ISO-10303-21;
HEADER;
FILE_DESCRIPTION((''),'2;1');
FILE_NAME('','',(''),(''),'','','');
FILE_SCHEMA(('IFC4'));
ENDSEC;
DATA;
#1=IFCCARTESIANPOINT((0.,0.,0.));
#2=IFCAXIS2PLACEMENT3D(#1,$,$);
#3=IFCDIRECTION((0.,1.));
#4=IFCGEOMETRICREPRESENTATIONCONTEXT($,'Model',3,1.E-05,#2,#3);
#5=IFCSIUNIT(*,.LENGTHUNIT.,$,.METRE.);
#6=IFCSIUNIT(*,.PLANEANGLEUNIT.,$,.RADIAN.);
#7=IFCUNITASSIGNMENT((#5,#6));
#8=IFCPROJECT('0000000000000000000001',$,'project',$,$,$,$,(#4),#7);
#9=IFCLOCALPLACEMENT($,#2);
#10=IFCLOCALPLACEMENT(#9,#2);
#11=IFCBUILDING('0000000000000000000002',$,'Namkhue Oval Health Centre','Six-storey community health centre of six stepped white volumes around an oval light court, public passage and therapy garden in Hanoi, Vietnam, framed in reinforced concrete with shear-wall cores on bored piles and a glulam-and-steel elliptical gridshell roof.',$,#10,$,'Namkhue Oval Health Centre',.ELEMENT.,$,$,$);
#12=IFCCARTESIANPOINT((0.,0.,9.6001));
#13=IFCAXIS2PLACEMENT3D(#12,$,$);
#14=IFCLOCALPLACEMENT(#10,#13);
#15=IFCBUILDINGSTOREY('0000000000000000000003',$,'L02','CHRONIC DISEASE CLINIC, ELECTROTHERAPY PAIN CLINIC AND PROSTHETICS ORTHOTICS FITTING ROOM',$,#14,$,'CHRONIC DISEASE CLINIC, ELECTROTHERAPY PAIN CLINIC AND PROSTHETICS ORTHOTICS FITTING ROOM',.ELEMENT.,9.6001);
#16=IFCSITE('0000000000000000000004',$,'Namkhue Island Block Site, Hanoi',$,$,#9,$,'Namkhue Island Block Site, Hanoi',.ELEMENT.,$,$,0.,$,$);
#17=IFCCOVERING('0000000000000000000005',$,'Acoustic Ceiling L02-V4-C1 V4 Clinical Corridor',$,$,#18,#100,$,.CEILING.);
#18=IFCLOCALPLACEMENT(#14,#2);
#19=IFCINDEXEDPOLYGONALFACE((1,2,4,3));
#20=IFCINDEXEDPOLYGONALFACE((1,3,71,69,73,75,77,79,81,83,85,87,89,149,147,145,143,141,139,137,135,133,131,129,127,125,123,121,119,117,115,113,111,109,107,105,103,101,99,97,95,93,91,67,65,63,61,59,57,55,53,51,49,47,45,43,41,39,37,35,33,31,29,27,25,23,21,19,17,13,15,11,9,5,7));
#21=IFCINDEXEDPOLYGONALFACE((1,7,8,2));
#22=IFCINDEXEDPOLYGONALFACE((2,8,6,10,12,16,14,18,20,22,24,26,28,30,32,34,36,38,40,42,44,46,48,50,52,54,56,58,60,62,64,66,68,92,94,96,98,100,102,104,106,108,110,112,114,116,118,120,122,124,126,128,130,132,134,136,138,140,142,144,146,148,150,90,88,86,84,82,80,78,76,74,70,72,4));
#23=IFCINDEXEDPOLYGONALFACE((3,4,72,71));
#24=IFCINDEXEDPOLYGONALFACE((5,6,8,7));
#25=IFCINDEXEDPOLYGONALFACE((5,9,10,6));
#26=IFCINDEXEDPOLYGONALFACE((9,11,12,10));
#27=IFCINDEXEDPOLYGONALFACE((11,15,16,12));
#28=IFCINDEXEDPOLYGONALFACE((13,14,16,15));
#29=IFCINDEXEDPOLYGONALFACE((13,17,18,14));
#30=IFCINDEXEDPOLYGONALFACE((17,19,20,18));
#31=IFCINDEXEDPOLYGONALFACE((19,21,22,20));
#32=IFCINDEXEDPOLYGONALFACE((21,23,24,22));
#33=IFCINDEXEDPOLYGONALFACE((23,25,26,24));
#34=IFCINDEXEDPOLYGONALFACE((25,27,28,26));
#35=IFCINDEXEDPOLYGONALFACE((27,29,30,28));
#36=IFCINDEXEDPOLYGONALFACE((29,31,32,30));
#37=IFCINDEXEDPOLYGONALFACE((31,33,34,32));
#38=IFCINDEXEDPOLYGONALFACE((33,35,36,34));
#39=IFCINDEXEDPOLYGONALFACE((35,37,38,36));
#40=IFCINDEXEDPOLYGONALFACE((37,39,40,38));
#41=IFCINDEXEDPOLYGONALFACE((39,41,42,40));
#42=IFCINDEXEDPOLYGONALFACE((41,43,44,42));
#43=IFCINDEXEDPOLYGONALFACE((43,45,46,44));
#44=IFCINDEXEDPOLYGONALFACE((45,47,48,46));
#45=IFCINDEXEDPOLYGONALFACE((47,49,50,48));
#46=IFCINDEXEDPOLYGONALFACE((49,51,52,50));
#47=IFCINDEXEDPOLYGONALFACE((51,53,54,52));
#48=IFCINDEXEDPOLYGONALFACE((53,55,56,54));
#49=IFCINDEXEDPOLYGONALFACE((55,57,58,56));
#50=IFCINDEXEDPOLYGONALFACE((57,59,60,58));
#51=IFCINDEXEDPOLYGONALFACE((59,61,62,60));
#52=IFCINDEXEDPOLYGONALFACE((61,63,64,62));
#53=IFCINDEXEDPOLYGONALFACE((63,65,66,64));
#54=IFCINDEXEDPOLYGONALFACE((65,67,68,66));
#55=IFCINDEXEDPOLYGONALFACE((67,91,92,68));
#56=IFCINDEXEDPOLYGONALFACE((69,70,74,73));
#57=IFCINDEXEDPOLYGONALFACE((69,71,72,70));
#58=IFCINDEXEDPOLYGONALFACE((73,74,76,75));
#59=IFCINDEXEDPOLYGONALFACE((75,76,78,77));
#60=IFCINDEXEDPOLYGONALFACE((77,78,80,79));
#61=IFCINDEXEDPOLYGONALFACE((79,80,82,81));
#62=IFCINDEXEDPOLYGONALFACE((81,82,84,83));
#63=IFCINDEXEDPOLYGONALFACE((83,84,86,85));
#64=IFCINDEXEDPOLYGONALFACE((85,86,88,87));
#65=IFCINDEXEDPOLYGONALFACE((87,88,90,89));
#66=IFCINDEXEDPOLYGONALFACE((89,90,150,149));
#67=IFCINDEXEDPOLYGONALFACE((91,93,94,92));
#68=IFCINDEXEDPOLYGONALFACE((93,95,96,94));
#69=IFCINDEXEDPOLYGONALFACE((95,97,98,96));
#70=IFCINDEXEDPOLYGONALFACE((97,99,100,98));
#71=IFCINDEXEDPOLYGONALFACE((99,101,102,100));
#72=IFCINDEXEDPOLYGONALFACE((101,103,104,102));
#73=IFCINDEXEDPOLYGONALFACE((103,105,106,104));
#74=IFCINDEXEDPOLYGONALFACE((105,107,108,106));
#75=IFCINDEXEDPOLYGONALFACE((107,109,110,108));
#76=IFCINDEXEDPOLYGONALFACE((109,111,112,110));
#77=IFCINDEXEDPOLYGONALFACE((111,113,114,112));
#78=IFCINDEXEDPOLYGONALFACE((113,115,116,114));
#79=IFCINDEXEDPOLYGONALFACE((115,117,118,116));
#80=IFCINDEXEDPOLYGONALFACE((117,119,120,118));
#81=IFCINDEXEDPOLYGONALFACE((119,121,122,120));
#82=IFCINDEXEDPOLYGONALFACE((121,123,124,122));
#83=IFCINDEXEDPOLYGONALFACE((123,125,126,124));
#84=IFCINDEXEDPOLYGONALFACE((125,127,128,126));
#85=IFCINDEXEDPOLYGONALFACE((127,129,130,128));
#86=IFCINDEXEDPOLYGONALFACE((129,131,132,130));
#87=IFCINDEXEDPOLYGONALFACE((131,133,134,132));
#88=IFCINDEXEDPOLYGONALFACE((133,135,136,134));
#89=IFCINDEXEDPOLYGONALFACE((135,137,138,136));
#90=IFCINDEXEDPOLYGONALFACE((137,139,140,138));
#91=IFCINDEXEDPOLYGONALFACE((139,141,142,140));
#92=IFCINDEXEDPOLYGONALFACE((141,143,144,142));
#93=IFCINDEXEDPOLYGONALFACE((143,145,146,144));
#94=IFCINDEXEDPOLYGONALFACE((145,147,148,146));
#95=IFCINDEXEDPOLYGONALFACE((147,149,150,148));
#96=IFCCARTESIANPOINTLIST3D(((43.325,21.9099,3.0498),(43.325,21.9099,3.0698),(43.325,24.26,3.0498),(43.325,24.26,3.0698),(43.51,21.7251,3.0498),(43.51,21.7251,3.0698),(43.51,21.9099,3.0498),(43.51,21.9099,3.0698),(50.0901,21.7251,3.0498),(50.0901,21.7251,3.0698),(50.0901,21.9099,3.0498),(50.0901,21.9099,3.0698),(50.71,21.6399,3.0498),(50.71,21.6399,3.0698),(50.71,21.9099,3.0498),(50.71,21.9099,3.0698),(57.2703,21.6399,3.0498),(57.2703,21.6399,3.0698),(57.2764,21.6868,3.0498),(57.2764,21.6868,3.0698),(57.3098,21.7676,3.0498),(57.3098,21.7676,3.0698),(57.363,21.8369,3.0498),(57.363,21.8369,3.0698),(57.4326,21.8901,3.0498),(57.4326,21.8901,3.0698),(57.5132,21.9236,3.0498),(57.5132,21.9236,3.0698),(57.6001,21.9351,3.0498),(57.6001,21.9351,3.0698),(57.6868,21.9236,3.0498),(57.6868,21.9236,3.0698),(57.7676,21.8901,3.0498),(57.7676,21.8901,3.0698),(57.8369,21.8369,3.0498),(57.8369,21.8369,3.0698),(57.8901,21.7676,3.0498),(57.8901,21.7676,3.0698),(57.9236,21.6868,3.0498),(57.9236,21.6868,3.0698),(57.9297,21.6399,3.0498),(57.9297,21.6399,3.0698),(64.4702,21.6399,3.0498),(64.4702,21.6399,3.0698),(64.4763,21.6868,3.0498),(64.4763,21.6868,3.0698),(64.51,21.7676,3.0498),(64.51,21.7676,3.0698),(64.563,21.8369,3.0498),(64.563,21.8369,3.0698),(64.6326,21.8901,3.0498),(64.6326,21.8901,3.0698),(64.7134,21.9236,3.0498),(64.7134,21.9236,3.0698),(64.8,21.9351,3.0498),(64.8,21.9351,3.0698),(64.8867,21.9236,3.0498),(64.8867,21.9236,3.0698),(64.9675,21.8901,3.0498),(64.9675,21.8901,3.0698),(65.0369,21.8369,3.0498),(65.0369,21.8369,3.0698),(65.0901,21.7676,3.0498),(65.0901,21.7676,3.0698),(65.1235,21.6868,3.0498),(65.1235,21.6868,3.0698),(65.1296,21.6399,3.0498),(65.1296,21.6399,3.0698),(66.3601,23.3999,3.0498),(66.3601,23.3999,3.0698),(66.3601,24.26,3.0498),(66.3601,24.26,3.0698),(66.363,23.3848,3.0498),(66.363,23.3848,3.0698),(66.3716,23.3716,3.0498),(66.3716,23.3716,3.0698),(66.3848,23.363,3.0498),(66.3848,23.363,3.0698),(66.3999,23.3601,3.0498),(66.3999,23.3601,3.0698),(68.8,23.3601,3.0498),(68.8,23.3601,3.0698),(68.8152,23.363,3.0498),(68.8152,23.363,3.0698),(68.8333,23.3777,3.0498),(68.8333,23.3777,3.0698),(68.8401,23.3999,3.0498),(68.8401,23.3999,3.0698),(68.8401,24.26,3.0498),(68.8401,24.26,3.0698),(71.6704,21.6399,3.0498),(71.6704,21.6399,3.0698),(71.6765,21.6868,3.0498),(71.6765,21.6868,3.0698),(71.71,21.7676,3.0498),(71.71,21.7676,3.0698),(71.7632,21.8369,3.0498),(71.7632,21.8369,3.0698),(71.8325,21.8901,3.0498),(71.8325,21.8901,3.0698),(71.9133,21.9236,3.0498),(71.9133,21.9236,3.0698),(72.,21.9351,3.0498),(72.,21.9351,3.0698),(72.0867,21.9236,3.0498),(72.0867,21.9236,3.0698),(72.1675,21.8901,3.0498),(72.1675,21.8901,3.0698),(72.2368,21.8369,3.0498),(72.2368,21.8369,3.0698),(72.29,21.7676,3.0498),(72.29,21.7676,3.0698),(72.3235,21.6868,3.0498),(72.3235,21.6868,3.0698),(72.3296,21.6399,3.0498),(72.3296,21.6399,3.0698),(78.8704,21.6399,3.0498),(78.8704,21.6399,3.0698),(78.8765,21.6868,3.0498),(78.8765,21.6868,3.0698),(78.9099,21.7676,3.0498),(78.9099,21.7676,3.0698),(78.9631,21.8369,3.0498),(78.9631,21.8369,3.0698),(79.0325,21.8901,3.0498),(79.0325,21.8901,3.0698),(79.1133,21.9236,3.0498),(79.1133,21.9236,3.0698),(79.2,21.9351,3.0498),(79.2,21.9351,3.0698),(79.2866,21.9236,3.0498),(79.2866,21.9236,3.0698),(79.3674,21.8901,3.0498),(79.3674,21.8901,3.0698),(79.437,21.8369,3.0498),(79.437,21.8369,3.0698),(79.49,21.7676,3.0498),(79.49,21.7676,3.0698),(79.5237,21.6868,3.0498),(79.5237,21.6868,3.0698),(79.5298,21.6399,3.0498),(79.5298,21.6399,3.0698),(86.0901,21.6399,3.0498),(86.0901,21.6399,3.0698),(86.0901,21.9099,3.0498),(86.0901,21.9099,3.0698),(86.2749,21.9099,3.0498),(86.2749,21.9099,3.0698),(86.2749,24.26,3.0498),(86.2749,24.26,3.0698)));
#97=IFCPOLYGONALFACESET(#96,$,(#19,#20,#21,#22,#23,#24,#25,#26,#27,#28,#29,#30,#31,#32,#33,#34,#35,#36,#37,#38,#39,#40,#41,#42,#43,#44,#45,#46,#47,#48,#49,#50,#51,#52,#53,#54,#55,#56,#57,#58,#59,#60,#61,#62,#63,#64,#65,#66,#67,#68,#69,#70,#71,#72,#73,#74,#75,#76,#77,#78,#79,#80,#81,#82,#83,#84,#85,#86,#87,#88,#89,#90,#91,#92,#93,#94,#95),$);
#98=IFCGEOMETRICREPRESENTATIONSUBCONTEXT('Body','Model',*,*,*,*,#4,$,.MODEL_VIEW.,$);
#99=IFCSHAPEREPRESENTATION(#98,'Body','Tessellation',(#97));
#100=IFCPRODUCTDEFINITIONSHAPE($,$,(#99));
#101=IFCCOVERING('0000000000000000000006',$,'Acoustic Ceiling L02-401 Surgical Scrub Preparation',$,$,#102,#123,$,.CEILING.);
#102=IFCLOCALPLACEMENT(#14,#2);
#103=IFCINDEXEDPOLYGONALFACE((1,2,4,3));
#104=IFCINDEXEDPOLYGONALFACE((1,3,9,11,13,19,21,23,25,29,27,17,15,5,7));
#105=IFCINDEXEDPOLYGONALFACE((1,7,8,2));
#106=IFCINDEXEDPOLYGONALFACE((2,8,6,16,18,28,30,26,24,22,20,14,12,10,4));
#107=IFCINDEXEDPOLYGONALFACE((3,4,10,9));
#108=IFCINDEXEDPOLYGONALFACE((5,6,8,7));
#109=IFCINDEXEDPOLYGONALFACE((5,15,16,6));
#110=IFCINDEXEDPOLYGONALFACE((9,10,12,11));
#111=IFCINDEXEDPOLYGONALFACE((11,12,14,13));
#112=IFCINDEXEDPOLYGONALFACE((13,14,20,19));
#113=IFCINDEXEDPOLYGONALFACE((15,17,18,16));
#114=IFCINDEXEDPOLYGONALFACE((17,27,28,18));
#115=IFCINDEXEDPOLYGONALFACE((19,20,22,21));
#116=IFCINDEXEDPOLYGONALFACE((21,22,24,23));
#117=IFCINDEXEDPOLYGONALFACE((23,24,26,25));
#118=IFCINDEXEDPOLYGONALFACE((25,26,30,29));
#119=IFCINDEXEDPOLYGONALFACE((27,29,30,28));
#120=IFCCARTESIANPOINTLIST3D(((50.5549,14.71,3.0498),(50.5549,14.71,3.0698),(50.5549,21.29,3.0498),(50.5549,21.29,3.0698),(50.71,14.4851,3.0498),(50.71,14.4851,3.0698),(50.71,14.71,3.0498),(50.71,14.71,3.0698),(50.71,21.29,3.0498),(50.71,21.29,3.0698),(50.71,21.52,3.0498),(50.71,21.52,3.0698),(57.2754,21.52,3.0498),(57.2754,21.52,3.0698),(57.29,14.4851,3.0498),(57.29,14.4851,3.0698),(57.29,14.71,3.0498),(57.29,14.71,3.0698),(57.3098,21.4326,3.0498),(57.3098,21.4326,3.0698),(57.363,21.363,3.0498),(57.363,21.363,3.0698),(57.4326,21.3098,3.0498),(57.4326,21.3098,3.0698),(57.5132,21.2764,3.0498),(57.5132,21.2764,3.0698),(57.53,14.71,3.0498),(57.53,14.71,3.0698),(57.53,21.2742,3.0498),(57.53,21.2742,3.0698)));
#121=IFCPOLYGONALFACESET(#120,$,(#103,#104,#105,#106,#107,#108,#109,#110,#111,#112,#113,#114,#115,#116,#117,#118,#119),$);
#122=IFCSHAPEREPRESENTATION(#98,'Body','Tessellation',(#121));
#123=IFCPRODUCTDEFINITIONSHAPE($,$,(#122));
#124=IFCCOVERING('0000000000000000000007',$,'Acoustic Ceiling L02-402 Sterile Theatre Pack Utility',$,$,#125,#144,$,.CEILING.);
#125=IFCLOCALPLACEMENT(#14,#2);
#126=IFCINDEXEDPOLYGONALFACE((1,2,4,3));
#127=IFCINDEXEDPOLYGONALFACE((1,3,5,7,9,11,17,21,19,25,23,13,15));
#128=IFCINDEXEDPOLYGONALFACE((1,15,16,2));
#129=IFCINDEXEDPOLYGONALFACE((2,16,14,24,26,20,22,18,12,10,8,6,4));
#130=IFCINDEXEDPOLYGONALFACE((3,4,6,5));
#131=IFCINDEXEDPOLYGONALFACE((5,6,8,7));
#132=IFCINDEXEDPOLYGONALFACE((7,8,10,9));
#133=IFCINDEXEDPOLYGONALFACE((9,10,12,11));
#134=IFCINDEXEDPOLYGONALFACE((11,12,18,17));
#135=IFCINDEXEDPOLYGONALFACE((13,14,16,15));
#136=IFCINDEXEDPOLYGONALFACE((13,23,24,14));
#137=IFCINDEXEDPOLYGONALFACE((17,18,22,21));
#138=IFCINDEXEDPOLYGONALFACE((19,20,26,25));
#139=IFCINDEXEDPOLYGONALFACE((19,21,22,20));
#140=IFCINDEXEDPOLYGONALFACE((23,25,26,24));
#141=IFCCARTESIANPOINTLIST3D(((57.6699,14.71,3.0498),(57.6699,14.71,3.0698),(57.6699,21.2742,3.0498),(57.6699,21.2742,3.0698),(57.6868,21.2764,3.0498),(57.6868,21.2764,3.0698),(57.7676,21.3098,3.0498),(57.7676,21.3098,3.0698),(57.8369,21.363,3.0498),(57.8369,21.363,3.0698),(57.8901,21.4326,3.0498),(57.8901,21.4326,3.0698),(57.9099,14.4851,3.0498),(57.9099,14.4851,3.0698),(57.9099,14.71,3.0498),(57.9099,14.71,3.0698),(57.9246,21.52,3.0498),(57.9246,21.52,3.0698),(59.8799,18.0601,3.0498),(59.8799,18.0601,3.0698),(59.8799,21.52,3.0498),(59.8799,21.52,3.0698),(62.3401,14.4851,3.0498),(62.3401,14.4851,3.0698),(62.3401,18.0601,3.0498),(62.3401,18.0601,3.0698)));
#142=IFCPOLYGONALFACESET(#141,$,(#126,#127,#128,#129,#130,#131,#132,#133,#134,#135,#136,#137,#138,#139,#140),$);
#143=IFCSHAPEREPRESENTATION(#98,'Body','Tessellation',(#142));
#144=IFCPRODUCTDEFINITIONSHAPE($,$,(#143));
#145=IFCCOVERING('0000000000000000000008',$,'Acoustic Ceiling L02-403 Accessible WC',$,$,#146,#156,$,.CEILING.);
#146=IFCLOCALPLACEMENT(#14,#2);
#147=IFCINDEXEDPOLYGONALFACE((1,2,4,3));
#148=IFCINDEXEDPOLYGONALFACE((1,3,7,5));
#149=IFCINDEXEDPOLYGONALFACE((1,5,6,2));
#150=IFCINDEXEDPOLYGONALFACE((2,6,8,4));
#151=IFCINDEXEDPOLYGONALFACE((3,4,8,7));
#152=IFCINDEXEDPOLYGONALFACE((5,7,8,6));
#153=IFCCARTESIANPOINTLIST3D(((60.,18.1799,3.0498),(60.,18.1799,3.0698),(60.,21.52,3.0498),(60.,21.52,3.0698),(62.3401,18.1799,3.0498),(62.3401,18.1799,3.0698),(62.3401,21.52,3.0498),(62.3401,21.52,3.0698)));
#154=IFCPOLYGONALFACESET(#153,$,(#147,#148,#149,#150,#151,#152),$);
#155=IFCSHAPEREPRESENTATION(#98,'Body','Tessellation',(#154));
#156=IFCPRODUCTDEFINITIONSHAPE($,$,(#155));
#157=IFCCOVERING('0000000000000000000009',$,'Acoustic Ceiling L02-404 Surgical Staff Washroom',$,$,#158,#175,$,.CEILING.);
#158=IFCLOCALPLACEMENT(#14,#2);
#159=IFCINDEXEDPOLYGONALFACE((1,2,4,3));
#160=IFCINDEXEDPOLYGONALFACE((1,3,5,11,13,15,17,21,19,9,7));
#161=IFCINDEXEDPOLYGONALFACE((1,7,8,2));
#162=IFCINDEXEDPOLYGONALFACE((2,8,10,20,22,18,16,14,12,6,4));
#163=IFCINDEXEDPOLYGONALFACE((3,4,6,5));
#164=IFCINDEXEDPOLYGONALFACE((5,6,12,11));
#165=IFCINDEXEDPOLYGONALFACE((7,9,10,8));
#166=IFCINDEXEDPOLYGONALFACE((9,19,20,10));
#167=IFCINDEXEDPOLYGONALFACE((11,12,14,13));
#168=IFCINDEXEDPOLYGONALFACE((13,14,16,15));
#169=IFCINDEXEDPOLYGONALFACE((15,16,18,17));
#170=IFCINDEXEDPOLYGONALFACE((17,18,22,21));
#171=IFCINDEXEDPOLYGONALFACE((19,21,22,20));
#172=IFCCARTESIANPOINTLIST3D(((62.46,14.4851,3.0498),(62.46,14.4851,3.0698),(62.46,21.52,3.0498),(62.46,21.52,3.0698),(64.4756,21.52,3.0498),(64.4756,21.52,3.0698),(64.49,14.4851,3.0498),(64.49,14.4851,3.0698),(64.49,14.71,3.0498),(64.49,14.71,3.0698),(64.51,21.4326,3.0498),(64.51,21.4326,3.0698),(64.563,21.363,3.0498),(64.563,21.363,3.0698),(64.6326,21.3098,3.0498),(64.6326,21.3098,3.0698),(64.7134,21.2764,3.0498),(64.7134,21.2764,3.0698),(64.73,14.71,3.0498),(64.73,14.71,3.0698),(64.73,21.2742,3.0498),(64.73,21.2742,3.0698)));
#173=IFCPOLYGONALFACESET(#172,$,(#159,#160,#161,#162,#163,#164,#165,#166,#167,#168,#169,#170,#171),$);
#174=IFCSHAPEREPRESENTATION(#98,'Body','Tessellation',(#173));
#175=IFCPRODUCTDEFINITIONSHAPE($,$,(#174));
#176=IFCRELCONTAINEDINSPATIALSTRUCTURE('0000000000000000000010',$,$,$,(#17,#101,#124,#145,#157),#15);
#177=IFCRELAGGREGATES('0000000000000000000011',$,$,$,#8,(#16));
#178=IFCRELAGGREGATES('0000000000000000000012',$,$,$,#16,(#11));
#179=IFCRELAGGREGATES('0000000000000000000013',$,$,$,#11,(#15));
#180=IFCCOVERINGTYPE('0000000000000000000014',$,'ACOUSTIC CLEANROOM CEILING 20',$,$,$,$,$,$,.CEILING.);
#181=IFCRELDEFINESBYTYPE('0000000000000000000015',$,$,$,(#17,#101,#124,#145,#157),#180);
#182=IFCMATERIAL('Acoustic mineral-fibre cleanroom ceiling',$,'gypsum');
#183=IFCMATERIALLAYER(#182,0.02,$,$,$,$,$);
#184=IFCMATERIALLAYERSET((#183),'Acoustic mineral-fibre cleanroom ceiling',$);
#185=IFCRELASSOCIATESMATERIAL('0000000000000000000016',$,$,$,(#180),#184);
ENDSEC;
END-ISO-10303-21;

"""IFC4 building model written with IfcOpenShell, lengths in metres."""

from ifc_helpers import new_model, si_unit, direction, frame, origin, place, context, subcontext, project, spatial, polyline, outline, extrude, material, layer, layer_set, type_object, element, save


model = new_model("IFC4")

# Units and contexts
model_context = context("Model", 3, precision=1e-05, world=origin(), true_north=direction((0.0, 1.0)))
body_context = subcontext(model_context, "Body", "Model", "MODEL_VIEW")
ifc_project = project(units=[si_unit("LENGTHUNIT", "METRE"), si_unit("PLANEANGLEUNIT", "RADIAN")], contexts=[model_context])

# Site, building, storey
site_placement = place(None, origin())
site = spatial("IfcSite", under=ifc_project, at=site_placement, Name="Namkhue Island Block Site, Hanoi", LongName="Namkhue Island Block Site, Hanoi", CompositionType="ELEMENT", RefElevation=0.0)
building_placement = place(site_placement, origin())
building = spatial("IfcBuilding", under=site, at=building_placement, Name="Namkhue Oval Health Centre", Description="Six-storey community health centre of six stepped white volumes around an oval light court, public passage and therapy garden in Hanoi, Vietnam, framed in reinforced concrete with shear-wall cores on bored piles and a glulam-and-steel elliptical gridshell roof.", LongName="Namkhue Oval Health Centre", CompositionType="ELEMENT")
storey_placement = place(building_placement, frame((0.0, 0.0, 9.6001)))
storey = spatial("IfcBuildingStorey", under=building, at=storey_placement, Name="L02", Description="CHRONIC DISEASE CLINIC, ELECTROTHERAPY PAIN CLINIC AND PROSTHETICS ORTHOTICS FITTING ROOM", LongName="CHRONIC DISEASE CLINIC, ELECTROTHERAPY PAIN CLINIC AND PROSTHETICS ORTHOTICS FITTING ROOM", CompositionType="ELEMENT", Elevation=9.6001)

# Coverings
ifc_material = material(Name="Acoustic mineral-fibre cleanroom ceiling", Category="gypsum")
ifc_layer = layer(ifc_material, 0.02)
ifc_layer_set = layer_set([ifc_layer], Name="Acoustic mineral-fibre cleanroom ceiling")
covering_type = type_object("IfcCoveringType", Name="ACOUSTIC CLEANROOM CEILING 20", PredefinedType="CEILING", material=ifc_layer_set)
covering_1_placement = place(storey_placement, frame((0.0, 0.0, 3.0498)))
element("IfcCovering", 1, at=covering_1_placement, inside=storey, type_object=covering_type, Name="Acoustic Ceiling L02-V4-C1 V4 Clinical Corridor", PredefinedType="CEILING", context=body_context, shape_type="SweptSolid", body=[
    extrude(outline(polyline([(43.51, 21.7251), (43.51, 21.9099), (43.325, 21.9099), (43.325, 24.26), (66.3601, 24.26), (66.3601, 23.3999), (66.363, 23.3848), (66.3716, 23.3716), (66.3848, 23.363), (66.3999, 23.3601), (68.8, 23.3601), (68.8152, 23.363), (68.8333, 23.3777), (68.8401, 23.3999), (68.8401, 24.26), (86.2749, 24.26), (86.2749, 21.9099), (86.0901, 21.9099), (86.0901, 21.6399), (79.5298, 21.6399), (79.5237, 21.6868), (79.49, 21.7676), (79.437, 21.8369), (79.3674, 21.8901), (79.2866, 21.9236), (79.2, 21.9351), (79.1133, 21.9236), (79.0325, 21.8901), (78.9631, 21.8369), (78.9099, 21.7676), (78.8765, 21.6868), (78.8704, 21.6399), (72.3296, 21.6399), (72.3235, 21.6868), (72.29, 21.7676), (72.2368, 21.8369), (72.1675, 21.8901), (72.0867, 21.9236), (72.0, 21.9351), (71.9133, 21.9236), (71.8325, 21.8901), (71.7632, 21.8369), (71.71, 21.7676), (71.6765, 21.6868), (71.6704, 21.6399), (65.1296, 21.6399), (65.1235, 21.6868), (65.0901, 21.7676), (65.0369, 21.8369), (64.9675, 21.8901), (64.8867, 21.9236), (64.8, 21.9351), (64.7134, 21.9236), (64.6326, 21.8901), (64.563, 21.8369), (64.51, 21.7676), (64.4763, 21.6868), (64.4702, 21.6399), (57.9297, 21.6399), (57.9236, 21.6868), (57.8901, 21.7676), (57.8369, 21.8369), (57.7676, 21.8901), (57.6868, 21.9236), (57.6001, 21.9351), (57.5132, 21.9236), (57.4326, 21.8901), (57.363, 21.8369), (57.3098, 21.7676), (57.2764, 21.6868), (57.2703, 21.6399), (50.71, 21.6399), (50.71, 21.9099), (50.0901, 21.9099), (50.0901, 21.7251), (43.51, 21.7251)])), origin(), (0.0, 0.0, 1.0), 0.02),
])
covering_2_placement = place(storey_placement, frame((0.0, 0.0, 3.0498)))
element("IfcCovering", 2, at=covering_2_placement, inside=storey, type_object=covering_type, Name="Acoustic Ceiling L02-401 Surgical Scrub Preparation", PredefinedType="CEILING", context=body_context, shape_type="SweptSolid", body=[
    extrude(outline(polyline([(50.71, 14.4851), (50.71, 14.71), (50.5549, 14.71), (50.5549, 21.29), (50.71, 21.29), (50.71, 21.52), (57.2754, 21.52), (57.3098, 21.4326), (57.363, 21.363), (57.4326, 21.3098), (57.5132, 21.2764), (57.53, 21.2742), (57.53, 14.71), (57.29, 14.71), (57.29, 14.4851), (50.71, 14.4851)])), origin(), (0.0, 0.0, 1.0), 0.02),
])
covering_3_placement = place(storey_placement, frame((0.0, 0.0, 3.0498)))
element("IfcCovering", 3, at=covering_3_placement, inside=storey, type_object=covering_type, Name="Acoustic Ceiling L02-402 Sterile Theatre Pack Utility", PredefinedType="CEILING", context=body_context, shape_type="SweptSolid", body=[
    extrude(outline(polyline([(59.8799, 21.52), (59.8799, 18.0601), (62.3401, 18.0601), (62.3401, 14.4851), (57.9099, 14.4851), (57.9099, 14.71), (57.6699, 14.71), (57.6699, 21.2742), (57.6868, 21.2764), (57.7676, 21.3098), (57.8369, 21.363), (57.8901, 21.4326), (57.9246, 21.52), (59.8799, 21.52)])), origin(), (0.0, 0.0, 1.0), 0.02),
])
covering_4_placement = place(storey_placement, frame((0.0, 0.0, 3.0498)))
element("IfcCovering", 4, at=covering_4_placement, inside=storey, type_object=covering_type, Name="Acoustic Ceiling L02-403 Accessible WC", PredefinedType="CEILING", context=body_context, shape_type="SweptSolid", body=[
    extrude(outline(polyline([(60.0, 18.1799), (60.0, 21.52), (62.3401, 21.52), (62.3401, 18.1799), (60.0, 18.1799)])), origin(), (0.0, 0.0, 1.0), 0.02),
])
covering_5_placement = place(storey_placement, frame((0.0, 0.0, 3.0498)))
element("IfcCovering", 5, at=covering_5_placement, inside=storey, type_object=covering_type, Name="Acoustic Ceiling L02-404 Surgical Staff Washroom", PredefinedType="CEILING", context=body_context, shape_type="SweptSolid", body=[
    extrude(outline(polyline([(62.46, 14.4851), (62.46, 21.52), (64.4756, 21.52), (64.51, 21.4326), (64.563, 21.363), (64.6326, 21.3098), (64.7134, 21.2764), (64.73, 21.2742), (64.73, 14.71), (64.49, 14.71), (64.49, 14.4851), (62.46, 14.4851)])), origin(), (0.0, 0.0, 1.0), 0.02),
])

save(model, "model.ifc")
